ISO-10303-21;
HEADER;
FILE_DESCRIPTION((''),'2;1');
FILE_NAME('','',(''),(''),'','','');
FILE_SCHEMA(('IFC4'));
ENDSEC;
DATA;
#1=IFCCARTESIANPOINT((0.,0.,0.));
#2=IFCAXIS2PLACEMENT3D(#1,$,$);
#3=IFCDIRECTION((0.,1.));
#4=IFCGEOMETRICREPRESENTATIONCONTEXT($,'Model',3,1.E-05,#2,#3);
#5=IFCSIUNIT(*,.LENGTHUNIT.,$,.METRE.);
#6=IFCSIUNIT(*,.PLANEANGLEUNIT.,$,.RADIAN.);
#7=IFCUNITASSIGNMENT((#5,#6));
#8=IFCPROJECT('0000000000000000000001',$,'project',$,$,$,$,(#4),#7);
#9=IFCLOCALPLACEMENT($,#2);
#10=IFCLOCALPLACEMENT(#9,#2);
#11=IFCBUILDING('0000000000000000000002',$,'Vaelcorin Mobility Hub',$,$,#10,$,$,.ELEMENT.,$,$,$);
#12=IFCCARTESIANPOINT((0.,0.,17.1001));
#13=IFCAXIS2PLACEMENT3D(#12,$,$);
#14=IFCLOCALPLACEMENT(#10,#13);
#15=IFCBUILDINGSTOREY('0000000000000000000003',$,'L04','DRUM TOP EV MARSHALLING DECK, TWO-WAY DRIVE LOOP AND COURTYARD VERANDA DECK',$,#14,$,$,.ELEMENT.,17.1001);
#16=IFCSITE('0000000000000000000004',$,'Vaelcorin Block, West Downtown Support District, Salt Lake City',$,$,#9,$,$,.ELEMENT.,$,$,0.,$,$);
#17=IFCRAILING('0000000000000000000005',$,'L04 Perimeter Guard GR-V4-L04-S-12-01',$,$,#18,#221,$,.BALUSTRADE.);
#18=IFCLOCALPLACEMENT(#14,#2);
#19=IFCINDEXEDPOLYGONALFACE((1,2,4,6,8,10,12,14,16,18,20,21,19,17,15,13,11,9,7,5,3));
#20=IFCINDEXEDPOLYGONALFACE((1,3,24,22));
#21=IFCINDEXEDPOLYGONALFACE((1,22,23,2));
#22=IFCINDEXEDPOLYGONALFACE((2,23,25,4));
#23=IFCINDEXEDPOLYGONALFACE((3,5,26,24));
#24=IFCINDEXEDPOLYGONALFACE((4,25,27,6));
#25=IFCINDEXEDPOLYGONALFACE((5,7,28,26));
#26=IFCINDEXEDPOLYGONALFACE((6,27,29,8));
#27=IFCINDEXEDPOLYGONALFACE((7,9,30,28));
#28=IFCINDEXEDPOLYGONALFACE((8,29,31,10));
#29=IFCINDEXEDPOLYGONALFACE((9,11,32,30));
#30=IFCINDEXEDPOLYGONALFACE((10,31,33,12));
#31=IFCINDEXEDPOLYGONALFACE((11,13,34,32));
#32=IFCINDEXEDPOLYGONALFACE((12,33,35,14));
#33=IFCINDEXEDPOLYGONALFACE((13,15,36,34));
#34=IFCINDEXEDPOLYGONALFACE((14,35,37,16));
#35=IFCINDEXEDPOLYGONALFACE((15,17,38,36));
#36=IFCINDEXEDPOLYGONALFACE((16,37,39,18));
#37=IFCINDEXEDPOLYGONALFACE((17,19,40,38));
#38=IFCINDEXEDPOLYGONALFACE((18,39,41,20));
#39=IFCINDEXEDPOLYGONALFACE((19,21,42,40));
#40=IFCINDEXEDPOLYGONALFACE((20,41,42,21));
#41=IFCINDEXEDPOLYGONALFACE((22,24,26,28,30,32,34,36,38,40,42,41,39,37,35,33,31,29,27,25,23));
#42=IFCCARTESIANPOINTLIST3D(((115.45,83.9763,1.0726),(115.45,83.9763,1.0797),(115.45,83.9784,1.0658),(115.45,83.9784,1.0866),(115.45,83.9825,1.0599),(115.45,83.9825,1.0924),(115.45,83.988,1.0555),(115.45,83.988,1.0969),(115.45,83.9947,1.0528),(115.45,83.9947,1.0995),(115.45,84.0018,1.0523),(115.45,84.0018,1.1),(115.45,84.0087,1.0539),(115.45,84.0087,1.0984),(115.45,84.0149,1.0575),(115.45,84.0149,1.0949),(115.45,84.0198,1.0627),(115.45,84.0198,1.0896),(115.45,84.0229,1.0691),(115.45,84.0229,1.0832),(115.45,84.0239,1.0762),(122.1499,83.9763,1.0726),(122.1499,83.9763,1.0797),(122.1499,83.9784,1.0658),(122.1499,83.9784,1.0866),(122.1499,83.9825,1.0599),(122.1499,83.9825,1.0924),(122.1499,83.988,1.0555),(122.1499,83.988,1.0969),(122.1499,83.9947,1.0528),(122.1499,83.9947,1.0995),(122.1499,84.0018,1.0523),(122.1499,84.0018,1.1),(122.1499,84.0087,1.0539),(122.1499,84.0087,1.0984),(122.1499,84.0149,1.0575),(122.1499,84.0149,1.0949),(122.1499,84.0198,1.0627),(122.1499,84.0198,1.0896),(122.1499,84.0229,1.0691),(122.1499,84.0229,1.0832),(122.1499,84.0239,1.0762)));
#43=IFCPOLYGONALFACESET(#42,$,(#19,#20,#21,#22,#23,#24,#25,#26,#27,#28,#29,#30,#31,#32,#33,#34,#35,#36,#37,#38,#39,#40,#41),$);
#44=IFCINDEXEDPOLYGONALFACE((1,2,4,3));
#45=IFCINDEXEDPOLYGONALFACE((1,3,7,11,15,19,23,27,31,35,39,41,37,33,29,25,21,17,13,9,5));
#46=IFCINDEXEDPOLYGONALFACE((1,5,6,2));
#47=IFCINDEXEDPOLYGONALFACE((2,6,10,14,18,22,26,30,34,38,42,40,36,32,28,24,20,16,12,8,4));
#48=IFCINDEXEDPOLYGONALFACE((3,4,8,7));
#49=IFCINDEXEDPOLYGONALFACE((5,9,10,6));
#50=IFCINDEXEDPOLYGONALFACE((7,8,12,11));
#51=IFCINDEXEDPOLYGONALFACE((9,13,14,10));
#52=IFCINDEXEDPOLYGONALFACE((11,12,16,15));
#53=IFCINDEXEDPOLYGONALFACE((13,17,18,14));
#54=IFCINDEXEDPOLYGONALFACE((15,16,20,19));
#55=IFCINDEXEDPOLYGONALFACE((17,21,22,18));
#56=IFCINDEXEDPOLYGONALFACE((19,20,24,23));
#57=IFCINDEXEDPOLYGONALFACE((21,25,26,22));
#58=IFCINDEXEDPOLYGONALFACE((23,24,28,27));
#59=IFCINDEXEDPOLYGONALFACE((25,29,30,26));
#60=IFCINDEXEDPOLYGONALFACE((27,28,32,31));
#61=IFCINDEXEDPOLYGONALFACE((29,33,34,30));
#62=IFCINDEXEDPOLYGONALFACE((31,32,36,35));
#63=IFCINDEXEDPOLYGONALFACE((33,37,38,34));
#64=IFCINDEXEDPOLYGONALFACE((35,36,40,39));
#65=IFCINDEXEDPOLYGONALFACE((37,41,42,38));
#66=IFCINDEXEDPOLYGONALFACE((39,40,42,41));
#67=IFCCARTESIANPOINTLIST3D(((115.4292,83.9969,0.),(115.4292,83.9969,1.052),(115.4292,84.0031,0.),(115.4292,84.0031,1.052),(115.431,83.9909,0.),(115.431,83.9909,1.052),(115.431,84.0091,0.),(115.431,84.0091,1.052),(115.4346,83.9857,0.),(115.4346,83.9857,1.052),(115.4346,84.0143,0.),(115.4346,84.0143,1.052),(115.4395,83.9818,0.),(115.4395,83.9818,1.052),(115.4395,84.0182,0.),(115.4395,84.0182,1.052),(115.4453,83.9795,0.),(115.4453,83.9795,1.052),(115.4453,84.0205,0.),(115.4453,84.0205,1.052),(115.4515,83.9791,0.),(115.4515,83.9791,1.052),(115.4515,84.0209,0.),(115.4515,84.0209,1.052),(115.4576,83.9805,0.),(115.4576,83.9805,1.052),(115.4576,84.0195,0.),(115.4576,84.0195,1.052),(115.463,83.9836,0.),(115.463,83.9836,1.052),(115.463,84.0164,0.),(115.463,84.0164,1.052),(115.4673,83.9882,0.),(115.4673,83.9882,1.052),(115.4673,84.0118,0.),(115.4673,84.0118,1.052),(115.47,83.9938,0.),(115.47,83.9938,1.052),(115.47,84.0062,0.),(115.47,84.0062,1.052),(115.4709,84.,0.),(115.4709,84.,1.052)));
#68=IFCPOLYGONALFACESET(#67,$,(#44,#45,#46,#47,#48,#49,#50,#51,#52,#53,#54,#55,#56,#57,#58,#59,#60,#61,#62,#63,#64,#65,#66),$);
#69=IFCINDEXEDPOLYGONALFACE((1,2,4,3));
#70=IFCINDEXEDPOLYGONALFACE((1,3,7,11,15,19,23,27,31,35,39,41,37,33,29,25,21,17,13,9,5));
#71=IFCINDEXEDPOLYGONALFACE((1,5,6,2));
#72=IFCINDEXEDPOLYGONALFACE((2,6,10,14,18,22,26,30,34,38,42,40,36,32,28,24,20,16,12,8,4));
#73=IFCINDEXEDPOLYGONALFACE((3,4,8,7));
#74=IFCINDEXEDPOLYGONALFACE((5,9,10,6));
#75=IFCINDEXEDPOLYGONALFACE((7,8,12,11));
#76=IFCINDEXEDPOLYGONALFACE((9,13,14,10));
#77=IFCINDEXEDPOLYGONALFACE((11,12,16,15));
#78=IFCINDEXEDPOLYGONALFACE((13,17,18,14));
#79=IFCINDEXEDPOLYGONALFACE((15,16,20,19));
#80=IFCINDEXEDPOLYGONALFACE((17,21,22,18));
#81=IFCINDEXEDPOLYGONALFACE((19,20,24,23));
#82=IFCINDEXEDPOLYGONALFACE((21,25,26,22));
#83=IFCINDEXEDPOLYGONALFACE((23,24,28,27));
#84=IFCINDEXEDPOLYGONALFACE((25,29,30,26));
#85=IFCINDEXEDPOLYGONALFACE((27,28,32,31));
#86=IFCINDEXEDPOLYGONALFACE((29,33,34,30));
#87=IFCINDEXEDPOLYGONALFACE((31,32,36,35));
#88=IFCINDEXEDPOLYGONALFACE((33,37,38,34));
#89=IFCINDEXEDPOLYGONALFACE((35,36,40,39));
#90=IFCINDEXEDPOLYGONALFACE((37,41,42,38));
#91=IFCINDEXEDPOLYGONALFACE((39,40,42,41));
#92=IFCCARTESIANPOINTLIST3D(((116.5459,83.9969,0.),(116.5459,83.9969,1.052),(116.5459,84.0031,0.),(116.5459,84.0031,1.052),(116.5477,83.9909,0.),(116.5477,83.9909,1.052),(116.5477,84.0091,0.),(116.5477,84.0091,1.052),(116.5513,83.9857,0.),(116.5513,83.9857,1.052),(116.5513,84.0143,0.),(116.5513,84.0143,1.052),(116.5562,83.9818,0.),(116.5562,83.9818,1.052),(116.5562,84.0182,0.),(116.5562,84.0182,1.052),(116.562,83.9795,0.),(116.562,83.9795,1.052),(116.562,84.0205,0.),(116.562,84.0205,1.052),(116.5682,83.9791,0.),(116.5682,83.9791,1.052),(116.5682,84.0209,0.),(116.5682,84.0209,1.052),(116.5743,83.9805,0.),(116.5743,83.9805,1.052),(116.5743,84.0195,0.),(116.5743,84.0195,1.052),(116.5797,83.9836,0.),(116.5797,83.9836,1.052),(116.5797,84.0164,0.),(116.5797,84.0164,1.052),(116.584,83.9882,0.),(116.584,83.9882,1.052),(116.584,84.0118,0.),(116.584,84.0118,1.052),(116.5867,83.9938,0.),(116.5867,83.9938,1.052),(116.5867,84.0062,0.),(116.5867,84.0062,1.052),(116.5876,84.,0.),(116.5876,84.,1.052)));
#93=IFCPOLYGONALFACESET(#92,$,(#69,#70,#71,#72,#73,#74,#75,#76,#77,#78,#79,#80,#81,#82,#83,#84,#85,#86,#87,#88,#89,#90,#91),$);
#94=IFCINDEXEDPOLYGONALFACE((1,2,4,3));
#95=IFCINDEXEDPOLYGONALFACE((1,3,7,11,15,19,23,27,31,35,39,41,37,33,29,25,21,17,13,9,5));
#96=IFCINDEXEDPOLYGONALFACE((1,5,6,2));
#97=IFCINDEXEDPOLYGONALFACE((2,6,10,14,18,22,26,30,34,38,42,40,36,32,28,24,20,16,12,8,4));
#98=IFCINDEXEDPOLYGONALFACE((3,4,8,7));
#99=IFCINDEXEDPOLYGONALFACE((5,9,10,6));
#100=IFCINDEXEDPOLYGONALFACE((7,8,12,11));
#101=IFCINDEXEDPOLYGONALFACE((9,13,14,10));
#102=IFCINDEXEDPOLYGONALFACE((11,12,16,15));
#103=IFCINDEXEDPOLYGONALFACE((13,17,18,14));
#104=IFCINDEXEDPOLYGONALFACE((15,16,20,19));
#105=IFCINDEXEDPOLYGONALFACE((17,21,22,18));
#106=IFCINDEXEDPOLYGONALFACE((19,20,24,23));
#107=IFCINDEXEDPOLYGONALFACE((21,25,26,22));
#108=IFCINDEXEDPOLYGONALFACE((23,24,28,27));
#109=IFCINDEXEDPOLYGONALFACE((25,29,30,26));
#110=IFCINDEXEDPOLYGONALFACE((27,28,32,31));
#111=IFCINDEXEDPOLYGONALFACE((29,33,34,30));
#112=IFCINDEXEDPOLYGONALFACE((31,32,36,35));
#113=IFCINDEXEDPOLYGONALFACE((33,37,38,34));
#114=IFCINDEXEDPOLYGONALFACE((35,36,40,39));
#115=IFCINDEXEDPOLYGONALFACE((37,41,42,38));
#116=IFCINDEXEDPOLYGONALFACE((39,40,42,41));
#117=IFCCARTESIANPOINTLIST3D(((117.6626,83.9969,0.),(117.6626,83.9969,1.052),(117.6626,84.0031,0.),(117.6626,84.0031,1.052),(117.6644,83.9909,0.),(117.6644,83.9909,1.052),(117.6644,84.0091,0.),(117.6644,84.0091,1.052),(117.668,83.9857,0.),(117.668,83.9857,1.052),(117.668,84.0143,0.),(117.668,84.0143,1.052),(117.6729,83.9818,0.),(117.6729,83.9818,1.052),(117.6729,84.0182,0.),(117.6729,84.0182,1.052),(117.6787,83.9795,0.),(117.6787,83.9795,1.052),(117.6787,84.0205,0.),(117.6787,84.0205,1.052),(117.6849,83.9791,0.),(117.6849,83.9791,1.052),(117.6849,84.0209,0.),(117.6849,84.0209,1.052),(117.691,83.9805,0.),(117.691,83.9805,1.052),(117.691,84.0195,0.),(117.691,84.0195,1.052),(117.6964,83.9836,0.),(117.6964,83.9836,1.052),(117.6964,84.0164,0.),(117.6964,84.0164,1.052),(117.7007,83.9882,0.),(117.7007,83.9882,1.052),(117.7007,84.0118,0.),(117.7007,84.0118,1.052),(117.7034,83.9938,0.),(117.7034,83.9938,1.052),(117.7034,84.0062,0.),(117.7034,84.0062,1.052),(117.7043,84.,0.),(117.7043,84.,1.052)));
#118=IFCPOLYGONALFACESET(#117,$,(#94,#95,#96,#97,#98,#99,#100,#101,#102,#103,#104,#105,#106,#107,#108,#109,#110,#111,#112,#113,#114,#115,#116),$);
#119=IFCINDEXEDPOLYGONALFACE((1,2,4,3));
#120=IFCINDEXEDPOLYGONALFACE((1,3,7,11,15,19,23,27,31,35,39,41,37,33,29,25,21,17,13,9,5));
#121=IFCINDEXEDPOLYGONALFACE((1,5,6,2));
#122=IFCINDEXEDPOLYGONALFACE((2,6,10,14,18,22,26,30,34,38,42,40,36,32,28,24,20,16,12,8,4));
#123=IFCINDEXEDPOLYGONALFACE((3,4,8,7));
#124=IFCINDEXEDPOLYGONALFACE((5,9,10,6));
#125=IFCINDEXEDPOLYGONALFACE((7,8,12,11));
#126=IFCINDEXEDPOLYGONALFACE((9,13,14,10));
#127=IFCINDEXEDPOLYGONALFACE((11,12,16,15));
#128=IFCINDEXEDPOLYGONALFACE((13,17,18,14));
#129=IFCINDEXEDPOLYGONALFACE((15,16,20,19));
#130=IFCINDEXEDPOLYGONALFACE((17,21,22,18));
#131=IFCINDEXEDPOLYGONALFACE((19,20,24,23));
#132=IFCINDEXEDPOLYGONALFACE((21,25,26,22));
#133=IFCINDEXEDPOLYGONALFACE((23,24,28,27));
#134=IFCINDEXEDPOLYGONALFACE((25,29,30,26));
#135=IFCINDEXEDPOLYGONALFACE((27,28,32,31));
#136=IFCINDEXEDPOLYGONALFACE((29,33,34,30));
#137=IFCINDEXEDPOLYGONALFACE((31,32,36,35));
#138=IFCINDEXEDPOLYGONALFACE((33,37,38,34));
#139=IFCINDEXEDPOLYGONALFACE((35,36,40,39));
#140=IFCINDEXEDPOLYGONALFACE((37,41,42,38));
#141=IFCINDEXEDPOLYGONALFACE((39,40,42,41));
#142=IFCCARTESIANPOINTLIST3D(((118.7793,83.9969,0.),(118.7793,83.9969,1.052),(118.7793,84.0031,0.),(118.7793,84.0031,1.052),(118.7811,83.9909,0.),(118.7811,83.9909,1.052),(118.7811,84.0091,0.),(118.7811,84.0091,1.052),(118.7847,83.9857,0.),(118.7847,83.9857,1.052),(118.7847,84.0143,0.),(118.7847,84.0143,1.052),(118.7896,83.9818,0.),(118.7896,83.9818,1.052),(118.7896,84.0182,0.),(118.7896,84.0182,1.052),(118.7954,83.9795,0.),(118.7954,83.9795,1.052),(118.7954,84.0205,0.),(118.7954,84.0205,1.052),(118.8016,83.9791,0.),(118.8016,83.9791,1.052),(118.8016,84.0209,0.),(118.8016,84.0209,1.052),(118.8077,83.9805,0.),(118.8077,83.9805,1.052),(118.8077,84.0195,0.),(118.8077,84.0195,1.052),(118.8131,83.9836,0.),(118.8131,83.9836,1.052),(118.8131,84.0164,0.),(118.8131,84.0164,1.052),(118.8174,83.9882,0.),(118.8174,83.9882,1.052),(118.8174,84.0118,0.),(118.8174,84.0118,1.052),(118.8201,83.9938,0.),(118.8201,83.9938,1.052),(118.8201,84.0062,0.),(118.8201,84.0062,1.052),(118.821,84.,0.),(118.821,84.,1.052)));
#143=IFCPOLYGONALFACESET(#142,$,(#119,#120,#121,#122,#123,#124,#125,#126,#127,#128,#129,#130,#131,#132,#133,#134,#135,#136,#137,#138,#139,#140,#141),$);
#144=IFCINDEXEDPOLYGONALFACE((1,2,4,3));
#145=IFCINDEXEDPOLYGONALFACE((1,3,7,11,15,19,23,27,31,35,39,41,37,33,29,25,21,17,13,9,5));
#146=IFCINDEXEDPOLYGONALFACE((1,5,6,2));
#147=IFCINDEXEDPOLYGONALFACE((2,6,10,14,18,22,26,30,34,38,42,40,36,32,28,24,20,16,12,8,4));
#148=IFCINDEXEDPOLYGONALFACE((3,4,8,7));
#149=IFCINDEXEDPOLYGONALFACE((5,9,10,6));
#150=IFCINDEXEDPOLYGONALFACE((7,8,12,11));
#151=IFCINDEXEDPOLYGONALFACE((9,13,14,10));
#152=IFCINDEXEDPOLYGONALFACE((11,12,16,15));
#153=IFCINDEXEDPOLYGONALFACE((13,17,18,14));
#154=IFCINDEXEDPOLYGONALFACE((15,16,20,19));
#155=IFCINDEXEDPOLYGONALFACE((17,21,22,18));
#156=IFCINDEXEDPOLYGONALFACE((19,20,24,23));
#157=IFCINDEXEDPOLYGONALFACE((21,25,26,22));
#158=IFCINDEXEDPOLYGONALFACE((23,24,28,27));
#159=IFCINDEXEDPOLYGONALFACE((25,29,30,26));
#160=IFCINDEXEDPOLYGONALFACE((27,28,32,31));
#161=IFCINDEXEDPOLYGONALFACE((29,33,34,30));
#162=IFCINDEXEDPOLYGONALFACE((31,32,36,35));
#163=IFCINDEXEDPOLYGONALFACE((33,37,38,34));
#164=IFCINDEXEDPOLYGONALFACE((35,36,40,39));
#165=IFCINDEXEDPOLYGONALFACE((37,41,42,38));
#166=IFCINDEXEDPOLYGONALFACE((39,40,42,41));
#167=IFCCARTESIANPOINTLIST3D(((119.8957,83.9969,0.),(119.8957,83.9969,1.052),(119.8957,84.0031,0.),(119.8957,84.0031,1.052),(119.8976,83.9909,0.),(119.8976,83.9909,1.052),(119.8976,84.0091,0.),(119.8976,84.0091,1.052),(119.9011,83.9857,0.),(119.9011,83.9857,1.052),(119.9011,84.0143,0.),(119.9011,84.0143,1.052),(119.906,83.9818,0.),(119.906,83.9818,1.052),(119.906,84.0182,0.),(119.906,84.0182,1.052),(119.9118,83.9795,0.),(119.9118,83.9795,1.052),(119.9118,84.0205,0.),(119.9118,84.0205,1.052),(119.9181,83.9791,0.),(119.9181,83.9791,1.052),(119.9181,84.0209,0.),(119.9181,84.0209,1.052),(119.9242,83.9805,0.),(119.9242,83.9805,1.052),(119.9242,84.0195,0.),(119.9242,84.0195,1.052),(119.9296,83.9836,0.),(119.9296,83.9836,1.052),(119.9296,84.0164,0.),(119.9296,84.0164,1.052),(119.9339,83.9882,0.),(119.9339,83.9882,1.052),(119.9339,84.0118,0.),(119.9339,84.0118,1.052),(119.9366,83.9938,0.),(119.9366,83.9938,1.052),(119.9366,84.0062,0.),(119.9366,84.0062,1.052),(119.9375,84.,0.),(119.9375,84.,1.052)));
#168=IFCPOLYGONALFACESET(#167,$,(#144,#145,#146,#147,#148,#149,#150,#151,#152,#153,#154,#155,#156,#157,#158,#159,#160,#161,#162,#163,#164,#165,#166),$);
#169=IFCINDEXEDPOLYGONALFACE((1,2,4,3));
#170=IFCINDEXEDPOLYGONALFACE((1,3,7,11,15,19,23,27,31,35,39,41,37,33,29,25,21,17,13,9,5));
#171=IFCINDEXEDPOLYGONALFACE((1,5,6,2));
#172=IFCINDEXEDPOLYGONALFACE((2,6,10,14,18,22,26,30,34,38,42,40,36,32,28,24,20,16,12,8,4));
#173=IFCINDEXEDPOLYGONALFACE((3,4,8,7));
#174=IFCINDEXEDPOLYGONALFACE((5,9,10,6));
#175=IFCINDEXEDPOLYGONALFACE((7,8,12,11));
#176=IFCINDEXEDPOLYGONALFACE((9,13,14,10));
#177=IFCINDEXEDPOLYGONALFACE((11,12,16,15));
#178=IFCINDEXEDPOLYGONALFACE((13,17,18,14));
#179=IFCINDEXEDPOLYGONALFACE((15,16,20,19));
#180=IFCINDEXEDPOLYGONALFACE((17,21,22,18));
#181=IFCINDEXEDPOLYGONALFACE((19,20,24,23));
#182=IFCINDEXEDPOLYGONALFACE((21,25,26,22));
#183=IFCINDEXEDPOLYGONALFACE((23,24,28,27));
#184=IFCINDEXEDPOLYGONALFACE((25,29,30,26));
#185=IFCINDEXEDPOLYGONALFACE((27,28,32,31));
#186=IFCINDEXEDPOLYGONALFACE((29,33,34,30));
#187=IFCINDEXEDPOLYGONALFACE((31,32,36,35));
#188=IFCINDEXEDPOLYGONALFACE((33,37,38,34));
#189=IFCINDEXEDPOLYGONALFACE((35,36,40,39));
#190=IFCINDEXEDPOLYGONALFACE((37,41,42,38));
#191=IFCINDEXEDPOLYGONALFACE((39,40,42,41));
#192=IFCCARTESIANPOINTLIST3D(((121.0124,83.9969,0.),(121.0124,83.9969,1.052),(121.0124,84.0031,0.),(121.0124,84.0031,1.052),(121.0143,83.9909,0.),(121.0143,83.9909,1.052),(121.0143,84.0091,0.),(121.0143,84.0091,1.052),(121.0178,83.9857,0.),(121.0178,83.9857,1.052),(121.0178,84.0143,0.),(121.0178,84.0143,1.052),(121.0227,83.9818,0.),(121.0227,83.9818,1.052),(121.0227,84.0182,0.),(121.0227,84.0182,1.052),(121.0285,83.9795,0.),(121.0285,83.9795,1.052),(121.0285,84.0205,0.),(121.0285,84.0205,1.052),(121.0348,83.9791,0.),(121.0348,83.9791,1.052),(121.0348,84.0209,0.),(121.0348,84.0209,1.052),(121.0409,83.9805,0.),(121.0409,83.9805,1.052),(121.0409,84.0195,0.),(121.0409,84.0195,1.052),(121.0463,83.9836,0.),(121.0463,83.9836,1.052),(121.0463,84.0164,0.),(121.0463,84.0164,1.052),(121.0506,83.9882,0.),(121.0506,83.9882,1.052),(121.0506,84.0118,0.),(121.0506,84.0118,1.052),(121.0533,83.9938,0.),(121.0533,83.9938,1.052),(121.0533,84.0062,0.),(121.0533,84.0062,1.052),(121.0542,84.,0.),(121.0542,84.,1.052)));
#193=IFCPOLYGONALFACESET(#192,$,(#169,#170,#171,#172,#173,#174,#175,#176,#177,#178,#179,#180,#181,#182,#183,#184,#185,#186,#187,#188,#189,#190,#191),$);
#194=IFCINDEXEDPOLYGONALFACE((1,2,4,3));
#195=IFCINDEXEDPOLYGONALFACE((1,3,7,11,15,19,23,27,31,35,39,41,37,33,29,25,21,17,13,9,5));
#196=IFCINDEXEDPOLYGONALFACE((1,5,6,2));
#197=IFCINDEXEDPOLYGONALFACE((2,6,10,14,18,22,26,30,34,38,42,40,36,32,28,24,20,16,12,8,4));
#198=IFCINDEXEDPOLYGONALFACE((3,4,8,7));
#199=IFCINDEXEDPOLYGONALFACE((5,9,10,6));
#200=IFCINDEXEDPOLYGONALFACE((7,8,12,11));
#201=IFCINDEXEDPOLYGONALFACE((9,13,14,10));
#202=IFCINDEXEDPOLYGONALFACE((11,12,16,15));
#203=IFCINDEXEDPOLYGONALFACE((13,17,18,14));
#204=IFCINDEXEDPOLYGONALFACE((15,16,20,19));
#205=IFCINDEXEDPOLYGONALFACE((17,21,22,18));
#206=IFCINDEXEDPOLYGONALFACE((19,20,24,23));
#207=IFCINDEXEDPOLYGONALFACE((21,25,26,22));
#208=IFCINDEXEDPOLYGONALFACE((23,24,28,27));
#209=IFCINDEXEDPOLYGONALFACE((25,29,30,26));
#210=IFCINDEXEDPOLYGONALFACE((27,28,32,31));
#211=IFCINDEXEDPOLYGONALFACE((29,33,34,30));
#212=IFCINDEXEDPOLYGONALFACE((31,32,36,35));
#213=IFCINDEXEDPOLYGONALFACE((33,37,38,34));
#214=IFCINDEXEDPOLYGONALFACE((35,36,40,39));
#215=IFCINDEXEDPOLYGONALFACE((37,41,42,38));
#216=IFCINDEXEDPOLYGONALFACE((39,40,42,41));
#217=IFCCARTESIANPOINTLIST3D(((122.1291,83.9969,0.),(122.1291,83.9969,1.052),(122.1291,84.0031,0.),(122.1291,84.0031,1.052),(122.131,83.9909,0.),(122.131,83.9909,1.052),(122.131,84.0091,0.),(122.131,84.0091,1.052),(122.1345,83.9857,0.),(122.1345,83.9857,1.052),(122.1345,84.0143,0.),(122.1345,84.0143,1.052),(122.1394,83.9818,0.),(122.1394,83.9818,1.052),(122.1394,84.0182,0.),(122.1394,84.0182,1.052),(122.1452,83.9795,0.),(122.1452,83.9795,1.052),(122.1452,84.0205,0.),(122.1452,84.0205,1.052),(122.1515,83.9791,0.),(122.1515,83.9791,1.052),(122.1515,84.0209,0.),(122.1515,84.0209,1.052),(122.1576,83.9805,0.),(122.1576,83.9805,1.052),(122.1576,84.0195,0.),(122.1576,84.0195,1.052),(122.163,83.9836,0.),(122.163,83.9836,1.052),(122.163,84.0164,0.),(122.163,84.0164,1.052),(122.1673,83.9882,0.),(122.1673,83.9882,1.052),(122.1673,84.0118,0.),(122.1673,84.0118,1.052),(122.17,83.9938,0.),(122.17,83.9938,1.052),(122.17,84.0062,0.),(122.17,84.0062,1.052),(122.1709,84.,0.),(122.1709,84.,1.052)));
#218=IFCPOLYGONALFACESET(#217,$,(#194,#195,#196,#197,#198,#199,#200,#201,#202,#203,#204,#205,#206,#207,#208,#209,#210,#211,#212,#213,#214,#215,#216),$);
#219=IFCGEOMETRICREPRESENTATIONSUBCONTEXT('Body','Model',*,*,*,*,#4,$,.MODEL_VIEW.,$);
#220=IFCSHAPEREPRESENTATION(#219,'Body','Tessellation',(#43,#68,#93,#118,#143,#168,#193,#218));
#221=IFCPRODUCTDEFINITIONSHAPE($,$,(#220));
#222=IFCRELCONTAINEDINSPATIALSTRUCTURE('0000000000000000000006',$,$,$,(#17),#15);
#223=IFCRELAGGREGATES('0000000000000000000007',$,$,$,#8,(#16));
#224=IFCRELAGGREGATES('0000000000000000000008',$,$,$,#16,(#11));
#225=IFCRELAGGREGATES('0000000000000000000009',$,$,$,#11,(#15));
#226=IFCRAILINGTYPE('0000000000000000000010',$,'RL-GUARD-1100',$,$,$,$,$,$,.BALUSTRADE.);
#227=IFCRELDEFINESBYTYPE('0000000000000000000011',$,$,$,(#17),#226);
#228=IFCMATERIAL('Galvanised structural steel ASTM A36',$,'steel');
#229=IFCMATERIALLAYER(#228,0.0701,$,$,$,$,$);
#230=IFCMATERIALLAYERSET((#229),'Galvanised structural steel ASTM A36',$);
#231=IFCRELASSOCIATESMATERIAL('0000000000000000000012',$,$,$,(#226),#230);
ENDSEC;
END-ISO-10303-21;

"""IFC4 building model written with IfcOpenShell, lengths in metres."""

from ifc_helpers import new_model, si_unit, direction, frame, origin, origin_2d, place, context, subcontext, project, spatial, circle, extrude, material, layer, layer_set, type_object, element, save


model = new_model("IFC4")

# Units and contexts
model_context = context("Model", 3, precision=1e-05, world=origin(), true_north=direction((0.0, 1.0)))
body_context = subcontext(model_context, "Body", "Model", "MODEL_VIEW")
ifc_project = project(units=[si_unit("LENGTHUNIT", "METRE"), si_unit("PLANEANGLEUNIT", "RADIAN")], contexts=[model_context])

# Site, building, storey
site_placement = place(None, origin())
site = spatial("IfcSite", under=ifc_project, at=site_placement, Name="Vaelcorin Block, West Downtown Support District, Salt Lake City", CompositionType="ELEMENT", RefElevation=0.0)
building_placement = place(site_placement, origin())
building = spatial("IfcBuilding", under=site, at=building_placement, Name="Vaelcorin Mobility Hub", CompositionType="ELEMENT")
storey_placement = place(building_placement, frame((0.0, 0.0, 17.1001)))
storey = spatial("IfcBuildingStorey", under=building, at=storey_placement, Name="L04", Description="DRUM TOP EV MARSHALLING DECK, TWO-WAY DRIVE LOOP AND COURTYARD VERANDA DECK", CompositionType="ELEMENT", Elevation=17.1001)

# Railing
ifc_material_1 = material(Name="Galvanised structural steel ASTM A36", Category="steel")
ifc_layer_1 = layer(ifc_material_1, 0.0701)
ifc_layer_set_1 = layer_set([ifc_layer_1], Name="Galvanised structural steel ASTM A36")
railing_type_1 = type_object("IfcRailingType", Name="RL-GUARD-1100", PredefinedType="BALUSTRADE", material=ifc_layer_set_1)
railing_1_placement = place(storey_placement, frame((115.45, 84.0, 0.0)))
element("IfcRailing", 1, at=railing_1_placement, inside=storey, type_object=railing_type_1, Name="L04 Perimeter Guard GR-V4-L04-S-12-01", PredefinedType="BALUSTRADE", context=body_context, shape_type="SweptSolid", body=[
    extrude(circle(Radius=0.0239, at=origin_2d()), frame((0.0, 0.0, 1.0762), z_axis=(1.0, 0.0, 0.0), x_axis=(0.0, 1.0, 0.0)), (0.0, 0.0, 1.0), 6.7),
    extrude(circle(Radius=0.021, at=origin_2d()), origin(), (0.0, 0.0, 1.0), 1.052),
    extrude(circle(Radius=0.021, at=origin_2d()), frame((1.1167, 0.0, 0.0)), (0.0, 0.0, 1.0), 1.052),
    extrude(circle(Radius=0.021, at=origin_2d()), frame((2.2334, 0.0, 0.0)), (0.0, 0.0, 1.0), 1.052),
    extrude(circle(Radius=0.021, at=origin_2d()), frame((3.3501, 0.0, 0.0)), (0.0, 0.0, 1.0), 1.052),
    extrude(circle(Radius=0.021, at=origin_2d()), frame((4.4666, 0.0, 0.0)), (0.0, 0.0, 1.0), 1.052),
    extrude(circle(Radius=0.021, at=origin_2d()), frame((5.5833, 0.0, 0.0)), (0.0, 0.0, 1.0), 1.052),
    extrude(circle(Radius=0.021, at=origin_2d()), frame((6.7, 0.0, 0.0)), (0.0, 0.0, 1.0), 1.052),
])

save(model, "model.ifc")
